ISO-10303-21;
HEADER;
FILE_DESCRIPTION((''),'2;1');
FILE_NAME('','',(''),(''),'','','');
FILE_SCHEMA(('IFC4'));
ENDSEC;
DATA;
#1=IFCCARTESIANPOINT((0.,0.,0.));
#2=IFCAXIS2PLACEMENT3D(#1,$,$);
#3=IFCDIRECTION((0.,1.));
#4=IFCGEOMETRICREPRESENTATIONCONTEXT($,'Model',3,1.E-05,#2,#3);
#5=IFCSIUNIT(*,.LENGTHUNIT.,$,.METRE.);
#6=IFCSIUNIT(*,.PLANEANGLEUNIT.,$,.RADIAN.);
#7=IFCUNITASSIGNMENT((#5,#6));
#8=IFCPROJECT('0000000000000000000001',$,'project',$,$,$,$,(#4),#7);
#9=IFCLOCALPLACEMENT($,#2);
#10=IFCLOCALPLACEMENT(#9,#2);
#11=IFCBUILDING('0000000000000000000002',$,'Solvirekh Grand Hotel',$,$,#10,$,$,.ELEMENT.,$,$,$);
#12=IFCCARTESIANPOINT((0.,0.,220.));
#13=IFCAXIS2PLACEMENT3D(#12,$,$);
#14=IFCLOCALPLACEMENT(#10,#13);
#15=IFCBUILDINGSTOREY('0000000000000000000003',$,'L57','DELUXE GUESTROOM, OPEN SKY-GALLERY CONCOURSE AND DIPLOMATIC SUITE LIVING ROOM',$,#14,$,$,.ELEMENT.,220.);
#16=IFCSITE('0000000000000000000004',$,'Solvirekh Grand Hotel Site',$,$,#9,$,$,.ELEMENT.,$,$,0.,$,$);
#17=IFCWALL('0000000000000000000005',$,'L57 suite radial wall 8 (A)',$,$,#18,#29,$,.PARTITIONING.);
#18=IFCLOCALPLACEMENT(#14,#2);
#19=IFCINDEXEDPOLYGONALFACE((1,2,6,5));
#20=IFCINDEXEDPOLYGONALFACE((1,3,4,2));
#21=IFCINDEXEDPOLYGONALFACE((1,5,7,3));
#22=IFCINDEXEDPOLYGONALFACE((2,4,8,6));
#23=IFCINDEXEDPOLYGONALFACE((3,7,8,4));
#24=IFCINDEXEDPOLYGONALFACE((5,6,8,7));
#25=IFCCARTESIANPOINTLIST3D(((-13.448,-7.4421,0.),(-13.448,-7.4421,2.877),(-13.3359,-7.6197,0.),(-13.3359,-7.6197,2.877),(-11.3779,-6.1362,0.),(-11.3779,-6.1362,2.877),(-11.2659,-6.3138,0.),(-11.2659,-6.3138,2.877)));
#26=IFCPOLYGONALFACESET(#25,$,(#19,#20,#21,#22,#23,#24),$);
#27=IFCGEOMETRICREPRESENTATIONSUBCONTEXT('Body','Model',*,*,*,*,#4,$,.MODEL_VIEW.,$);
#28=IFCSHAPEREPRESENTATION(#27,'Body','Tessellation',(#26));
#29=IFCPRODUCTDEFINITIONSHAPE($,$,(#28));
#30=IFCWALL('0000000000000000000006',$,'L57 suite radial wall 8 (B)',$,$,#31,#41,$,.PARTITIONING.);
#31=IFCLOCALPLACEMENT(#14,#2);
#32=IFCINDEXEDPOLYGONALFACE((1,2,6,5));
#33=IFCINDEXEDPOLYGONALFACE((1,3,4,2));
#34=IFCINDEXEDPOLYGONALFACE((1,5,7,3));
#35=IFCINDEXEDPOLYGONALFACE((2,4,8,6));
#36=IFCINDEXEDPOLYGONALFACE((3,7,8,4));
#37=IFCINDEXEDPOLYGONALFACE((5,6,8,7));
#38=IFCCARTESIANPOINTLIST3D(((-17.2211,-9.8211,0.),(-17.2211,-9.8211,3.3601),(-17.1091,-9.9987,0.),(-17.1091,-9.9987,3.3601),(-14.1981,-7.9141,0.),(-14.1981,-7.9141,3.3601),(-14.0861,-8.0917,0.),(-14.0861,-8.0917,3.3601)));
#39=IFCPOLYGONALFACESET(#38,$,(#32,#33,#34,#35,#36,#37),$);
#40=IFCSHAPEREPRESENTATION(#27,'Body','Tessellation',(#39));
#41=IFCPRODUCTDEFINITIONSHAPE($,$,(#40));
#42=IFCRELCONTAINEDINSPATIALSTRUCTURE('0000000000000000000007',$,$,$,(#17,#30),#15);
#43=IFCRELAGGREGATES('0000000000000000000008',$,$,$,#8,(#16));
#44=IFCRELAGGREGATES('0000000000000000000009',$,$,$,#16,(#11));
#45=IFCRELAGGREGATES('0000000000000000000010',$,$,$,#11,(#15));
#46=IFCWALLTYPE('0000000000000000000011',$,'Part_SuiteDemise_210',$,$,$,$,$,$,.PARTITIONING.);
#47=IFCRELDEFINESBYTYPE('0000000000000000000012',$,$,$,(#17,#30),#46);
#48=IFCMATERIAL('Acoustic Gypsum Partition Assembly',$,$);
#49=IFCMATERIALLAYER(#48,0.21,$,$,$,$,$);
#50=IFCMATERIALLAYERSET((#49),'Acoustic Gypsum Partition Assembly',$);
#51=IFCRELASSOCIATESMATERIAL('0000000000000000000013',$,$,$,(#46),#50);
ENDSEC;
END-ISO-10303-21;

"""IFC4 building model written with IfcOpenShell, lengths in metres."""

from ifc_helpers import new_model, si_unit, direction, frame, frame_2d, origin, place, context, subcontext, project, spatial, rectangle, extrude, material, layer, layer_set, type_object, element, save


model = new_model("IFC4")

# Units and contexts
model_context = context("Model", 3, precision=1e-05, world=origin(), true_north=direction((0.0, 1.0)))
body_context = subcontext(model_context, "Body", "Model", "MODEL_VIEW")
ifc_project = project(units=[si_unit("LENGTHUNIT", "METRE"), si_unit("PLANEANGLEUNIT", "RADIAN")], contexts=[model_context])

# Site, building, storey
site_placement = place(None, origin())
site = spatial("IfcSite", under=ifc_project, at=site_placement, Name="Solvirekh Grand Hotel Site", CompositionType="ELEMENT", RefElevation=0.0)
building_placement = place(site_placement, origin())
building = spatial("IfcBuilding", under=site, at=building_placement, Name="Solvirekh Grand Hotel", CompositionType="ELEMENT")
storey_placement = place(building_placement, frame((0.0, 0.0, 220.0)))
storey = spatial("IfcBuildingStorey", under=building, at=storey_placement, Name="L57", Description="DELUXE GUESTROOM, OPEN SKY-GALLERY CONCOURSE AND DIPLOMATIC SUITE LIVING ROOM", CompositionType="ELEMENT", Elevation=220.0)

# Shared definitions
ifc_material_1 = material(Name="Acoustic Gypsum Partition Assembly")

# Walls
ifc_layer_1 = layer(ifc_material_1, 0.21)
ifc_layer_set_1 = layer_set([ifc_layer_1], Name="Acoustic Gypsum Partition Assembly")
wall_type_1 = type_object("IfcWallType", Name="Part_SuiteDemise_210", PredefinedType="PARTITIONING", material=ifc_layer_set_1)
wall_1_placement = place(storey_placement, frame((-11.322, -6.2251, 0.0), z_axis=(0.0, 0.0, 1.0), x_axis=(-0.845766, -0.533554, 0.0)))
element("IfcWall", 1, at=wall_1_placement, inside=storey, type_object=wall_type_1, Name="L57 suite radial wall 8 (A)", PredefinedType="PARTITIONING", context=body_context, shape_type="SweptSolid", body=[
    extrude(rectangle(XDim=2.4475, YDim=0.21, at=frame_2d((1.2236, 0.0))), origin(), (0.0, 0.0, 1.0), 2.877),
])
wall_2_placement = place(storey_placement, frame((-14.1421, -8.0029, 0.0), z_axis=(0.0, 0.0, 1.0), x_axis=(-0.845773, -0.533543, 0.0)))
element("IfcWall", 2, at=wall_2_placement, inside=storey, type_object=wall_type_1, Name="L57 suite radial wall 8 (B)", PredefinedType="PARTITIONING", context=body_context, shape_type="SweptSolid", body=[
    extrude(rectangle(XDim=3.5742, YDim=0.21, at=frame_2d((1.7871, 0.0))), origin(), (0.0, 0.0, 1.0), 3.3601),
])

save(model, "model.ifc")
